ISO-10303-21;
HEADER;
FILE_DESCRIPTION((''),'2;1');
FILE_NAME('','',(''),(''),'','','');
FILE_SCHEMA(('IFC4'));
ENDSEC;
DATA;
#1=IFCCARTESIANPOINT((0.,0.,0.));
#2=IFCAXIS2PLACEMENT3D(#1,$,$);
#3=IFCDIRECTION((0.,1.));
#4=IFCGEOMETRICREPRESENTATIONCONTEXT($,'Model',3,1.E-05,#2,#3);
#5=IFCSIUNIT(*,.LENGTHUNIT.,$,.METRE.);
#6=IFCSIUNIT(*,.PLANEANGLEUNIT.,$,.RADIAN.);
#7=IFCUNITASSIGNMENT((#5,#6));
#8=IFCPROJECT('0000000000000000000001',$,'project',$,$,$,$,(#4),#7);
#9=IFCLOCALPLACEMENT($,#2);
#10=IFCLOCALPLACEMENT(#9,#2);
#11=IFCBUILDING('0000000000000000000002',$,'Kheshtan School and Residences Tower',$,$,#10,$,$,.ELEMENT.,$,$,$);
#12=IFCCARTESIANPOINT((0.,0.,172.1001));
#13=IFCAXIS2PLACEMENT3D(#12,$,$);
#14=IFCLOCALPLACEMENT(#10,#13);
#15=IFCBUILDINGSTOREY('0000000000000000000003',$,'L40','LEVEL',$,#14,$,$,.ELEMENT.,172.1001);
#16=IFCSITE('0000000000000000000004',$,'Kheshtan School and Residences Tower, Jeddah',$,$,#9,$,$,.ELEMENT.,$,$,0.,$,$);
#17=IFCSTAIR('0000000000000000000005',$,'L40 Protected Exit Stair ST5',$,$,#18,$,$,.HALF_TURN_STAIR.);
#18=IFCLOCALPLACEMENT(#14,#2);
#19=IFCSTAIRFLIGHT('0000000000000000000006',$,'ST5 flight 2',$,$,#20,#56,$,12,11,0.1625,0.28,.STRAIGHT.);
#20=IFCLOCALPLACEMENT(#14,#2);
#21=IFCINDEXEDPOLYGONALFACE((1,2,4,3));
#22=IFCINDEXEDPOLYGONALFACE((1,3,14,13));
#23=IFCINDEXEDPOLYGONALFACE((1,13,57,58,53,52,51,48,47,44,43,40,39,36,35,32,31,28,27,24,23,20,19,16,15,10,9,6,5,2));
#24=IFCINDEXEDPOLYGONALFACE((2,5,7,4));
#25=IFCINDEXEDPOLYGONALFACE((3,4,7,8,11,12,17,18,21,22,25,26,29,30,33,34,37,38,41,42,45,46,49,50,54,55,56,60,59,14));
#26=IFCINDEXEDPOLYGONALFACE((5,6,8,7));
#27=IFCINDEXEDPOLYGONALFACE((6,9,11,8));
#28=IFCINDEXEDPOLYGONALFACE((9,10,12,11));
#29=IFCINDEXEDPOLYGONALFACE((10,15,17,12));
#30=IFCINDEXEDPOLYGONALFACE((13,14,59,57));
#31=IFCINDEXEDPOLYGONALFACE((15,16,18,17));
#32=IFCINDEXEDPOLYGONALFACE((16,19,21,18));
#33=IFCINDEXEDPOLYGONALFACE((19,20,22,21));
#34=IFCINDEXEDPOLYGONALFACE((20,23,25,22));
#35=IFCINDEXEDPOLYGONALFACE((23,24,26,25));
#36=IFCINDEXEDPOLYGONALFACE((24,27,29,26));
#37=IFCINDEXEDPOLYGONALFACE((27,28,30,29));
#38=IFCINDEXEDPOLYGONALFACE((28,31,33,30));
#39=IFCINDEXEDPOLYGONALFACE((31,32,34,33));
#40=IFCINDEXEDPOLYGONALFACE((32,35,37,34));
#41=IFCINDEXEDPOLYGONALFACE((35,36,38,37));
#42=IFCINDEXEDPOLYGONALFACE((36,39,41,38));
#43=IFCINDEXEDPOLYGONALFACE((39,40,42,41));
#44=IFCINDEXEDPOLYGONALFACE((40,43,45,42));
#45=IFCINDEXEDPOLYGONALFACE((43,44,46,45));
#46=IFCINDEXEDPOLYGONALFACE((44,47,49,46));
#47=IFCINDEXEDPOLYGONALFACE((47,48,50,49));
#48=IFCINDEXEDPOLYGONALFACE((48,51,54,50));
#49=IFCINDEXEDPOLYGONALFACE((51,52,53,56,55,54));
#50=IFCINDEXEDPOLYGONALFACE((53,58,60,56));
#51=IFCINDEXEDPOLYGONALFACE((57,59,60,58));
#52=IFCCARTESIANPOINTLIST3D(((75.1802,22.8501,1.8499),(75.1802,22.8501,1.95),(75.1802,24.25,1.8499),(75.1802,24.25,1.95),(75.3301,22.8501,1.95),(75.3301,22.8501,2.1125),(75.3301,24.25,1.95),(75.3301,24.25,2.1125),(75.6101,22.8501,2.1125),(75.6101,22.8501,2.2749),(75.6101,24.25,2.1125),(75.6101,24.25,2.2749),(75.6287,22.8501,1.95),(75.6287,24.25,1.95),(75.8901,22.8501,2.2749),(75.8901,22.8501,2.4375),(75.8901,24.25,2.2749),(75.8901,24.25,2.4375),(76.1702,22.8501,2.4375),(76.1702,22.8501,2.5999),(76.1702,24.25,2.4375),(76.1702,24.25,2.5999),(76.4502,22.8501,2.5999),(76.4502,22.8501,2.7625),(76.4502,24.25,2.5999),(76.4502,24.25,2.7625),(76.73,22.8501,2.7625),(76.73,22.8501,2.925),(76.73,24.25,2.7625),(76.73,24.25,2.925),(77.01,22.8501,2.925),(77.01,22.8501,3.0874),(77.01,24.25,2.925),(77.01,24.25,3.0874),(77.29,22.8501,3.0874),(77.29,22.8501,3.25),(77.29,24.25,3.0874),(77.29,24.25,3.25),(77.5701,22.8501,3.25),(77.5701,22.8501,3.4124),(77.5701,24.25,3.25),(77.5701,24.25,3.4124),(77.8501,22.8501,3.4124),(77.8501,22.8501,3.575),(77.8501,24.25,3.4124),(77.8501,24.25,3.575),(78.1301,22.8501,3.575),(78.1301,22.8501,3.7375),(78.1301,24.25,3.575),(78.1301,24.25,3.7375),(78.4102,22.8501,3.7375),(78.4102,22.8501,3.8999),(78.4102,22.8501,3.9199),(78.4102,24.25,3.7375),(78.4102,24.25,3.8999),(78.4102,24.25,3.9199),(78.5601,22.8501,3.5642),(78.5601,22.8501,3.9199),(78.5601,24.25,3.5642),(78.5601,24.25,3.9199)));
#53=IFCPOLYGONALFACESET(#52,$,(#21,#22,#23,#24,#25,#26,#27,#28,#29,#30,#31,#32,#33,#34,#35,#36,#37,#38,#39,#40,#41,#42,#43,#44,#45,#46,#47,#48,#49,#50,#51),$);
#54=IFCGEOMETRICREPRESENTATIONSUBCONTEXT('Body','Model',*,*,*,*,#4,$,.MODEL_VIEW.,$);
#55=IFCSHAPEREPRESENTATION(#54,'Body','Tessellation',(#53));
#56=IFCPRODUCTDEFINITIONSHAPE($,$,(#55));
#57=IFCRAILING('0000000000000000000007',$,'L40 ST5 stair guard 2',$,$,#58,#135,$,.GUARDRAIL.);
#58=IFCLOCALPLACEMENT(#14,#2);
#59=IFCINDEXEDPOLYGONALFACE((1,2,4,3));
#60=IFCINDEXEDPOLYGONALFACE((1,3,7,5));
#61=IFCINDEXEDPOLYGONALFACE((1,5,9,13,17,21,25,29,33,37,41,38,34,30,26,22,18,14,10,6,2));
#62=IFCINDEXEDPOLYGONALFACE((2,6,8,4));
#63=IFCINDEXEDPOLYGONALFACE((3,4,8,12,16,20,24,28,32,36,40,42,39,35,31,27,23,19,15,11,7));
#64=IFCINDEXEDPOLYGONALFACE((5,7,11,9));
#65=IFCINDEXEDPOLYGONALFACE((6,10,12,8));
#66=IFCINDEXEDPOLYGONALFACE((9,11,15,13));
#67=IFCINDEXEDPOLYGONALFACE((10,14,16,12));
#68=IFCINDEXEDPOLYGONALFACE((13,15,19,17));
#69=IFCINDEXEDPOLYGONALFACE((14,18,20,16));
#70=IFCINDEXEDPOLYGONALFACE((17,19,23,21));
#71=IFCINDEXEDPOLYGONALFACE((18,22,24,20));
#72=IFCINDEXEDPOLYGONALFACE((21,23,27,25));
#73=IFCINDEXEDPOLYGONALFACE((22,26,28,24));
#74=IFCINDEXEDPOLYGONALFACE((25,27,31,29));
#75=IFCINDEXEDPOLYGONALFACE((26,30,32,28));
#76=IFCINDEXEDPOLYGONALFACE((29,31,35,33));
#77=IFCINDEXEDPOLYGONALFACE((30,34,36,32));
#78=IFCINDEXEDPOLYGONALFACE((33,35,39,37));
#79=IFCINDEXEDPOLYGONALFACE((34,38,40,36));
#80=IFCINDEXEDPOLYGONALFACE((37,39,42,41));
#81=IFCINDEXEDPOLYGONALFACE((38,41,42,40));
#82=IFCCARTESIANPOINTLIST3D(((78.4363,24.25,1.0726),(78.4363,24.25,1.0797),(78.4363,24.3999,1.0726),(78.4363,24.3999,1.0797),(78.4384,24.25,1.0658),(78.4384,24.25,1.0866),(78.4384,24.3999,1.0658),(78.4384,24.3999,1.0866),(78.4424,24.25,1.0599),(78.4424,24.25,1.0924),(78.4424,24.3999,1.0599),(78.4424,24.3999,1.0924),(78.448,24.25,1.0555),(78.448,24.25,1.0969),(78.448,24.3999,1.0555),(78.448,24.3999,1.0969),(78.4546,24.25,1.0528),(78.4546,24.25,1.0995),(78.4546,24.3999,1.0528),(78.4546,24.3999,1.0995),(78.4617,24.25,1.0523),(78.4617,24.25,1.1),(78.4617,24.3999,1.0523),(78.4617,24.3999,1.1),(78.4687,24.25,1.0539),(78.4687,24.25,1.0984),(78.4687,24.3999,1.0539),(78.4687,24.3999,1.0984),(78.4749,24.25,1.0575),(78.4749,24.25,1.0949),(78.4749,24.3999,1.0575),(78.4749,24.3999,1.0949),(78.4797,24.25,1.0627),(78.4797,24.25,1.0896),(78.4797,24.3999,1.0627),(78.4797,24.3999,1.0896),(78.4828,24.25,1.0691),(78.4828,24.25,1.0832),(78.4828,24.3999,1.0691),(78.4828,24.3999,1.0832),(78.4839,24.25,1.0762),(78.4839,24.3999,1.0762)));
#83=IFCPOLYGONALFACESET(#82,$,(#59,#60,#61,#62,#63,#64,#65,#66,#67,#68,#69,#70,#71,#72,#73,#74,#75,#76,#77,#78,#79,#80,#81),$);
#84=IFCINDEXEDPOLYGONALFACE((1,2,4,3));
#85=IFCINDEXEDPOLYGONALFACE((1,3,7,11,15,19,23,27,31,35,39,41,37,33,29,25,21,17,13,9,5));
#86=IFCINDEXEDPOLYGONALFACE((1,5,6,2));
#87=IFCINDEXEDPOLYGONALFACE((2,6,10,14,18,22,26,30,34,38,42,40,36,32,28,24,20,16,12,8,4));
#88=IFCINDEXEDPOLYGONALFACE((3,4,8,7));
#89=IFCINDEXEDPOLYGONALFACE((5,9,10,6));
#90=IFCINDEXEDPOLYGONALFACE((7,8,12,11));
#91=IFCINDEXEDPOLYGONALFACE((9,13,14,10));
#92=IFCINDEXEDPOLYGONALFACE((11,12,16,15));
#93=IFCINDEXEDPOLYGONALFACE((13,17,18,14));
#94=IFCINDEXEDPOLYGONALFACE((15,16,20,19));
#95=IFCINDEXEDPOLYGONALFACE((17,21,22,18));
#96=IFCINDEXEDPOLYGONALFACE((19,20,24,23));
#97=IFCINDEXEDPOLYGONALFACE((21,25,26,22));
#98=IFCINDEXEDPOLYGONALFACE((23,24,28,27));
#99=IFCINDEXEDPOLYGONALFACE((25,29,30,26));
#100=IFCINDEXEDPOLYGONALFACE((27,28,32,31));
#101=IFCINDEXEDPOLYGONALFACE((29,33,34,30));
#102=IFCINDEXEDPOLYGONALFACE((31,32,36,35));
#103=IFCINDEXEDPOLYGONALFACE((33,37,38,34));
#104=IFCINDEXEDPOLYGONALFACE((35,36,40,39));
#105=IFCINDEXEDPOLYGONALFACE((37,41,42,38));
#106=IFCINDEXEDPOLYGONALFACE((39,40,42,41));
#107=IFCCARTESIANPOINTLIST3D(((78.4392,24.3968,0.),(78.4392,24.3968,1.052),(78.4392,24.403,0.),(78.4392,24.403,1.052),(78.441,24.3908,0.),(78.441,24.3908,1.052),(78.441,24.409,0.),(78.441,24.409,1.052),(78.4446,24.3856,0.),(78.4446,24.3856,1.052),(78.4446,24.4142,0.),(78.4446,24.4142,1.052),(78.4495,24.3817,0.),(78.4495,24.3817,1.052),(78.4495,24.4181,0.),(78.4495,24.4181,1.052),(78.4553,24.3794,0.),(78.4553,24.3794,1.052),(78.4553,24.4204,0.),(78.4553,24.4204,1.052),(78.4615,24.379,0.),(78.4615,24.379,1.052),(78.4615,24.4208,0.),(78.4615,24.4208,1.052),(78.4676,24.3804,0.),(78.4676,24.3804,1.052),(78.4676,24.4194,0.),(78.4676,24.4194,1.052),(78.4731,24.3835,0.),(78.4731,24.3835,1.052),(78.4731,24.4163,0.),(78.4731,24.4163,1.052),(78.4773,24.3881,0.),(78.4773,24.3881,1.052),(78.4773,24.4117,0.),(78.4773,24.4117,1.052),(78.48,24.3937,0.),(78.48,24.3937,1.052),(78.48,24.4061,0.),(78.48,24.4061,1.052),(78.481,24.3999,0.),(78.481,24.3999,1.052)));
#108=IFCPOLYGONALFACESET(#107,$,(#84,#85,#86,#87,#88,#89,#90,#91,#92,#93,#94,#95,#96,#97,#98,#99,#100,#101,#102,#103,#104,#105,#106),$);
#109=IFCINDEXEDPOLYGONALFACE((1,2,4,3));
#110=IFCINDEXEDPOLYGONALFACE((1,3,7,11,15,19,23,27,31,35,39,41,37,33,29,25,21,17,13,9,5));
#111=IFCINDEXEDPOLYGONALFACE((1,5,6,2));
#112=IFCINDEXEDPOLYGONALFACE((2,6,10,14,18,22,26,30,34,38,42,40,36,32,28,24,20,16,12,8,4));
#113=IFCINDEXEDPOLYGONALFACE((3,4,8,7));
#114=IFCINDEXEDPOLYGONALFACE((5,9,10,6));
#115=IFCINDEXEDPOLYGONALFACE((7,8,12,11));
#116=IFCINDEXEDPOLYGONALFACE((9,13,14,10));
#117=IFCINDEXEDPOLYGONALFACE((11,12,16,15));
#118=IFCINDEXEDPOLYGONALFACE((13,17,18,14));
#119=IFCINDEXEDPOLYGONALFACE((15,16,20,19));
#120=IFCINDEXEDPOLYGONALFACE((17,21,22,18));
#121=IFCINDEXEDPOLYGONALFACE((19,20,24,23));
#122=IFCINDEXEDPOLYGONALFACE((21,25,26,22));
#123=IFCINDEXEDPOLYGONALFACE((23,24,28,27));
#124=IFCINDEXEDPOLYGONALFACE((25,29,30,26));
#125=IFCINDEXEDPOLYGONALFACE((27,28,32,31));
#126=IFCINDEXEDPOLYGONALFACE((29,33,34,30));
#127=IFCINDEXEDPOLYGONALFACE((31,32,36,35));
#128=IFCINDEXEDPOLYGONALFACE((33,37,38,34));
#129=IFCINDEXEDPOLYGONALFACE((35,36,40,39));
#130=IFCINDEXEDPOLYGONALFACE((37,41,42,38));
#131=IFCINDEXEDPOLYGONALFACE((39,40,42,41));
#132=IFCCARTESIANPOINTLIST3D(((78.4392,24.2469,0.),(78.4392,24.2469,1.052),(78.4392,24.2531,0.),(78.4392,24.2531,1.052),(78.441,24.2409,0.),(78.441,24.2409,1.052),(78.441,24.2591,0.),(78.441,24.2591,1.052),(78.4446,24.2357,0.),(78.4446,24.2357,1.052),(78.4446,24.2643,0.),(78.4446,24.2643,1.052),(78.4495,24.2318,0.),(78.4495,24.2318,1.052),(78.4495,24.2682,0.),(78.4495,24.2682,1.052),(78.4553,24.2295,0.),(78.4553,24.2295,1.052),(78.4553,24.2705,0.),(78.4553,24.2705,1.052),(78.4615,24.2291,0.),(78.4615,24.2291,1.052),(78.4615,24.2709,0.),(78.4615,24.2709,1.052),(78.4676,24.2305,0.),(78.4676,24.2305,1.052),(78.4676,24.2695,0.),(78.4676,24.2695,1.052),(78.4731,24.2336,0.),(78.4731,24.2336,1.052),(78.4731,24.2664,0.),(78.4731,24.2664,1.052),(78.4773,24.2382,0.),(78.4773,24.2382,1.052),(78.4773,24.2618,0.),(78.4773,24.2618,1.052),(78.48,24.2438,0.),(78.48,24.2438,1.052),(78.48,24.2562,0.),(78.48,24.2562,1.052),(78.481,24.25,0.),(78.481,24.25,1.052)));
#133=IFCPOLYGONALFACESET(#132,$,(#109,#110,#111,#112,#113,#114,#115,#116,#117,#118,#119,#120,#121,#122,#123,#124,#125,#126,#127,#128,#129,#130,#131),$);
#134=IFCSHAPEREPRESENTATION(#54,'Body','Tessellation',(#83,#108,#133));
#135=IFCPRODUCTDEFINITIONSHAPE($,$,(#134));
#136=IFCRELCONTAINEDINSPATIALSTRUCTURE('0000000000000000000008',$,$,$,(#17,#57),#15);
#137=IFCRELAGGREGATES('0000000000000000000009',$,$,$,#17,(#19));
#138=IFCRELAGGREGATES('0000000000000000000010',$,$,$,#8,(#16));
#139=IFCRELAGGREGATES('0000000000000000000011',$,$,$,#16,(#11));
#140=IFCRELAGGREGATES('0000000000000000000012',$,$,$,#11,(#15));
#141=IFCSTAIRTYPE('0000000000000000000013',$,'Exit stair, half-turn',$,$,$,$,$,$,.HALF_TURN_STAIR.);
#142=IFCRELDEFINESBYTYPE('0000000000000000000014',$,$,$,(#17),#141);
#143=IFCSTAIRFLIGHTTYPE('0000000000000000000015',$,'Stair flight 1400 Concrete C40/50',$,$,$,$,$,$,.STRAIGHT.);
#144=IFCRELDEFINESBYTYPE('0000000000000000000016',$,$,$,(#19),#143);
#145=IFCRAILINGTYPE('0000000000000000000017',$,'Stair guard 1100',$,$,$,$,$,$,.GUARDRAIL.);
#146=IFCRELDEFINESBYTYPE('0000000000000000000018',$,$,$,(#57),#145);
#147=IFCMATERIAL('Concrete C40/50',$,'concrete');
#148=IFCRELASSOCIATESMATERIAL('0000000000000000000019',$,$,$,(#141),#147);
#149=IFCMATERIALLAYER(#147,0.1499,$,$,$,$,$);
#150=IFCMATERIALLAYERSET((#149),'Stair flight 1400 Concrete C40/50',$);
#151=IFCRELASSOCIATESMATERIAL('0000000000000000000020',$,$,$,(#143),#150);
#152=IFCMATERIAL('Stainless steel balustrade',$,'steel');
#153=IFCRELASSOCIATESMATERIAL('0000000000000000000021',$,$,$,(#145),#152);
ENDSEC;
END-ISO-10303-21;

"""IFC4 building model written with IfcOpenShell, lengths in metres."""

from ifc_helpers import new_model, si_unit, direction, frame, origin, origin_2d, place, context, subcontext, project, spatial, polyline, circle, outline, extrude, material, layer, layer_set, type_object, element, aggregate, save


model = new_model("IFC4")

# Units and contexts
model_context = context("Model", 3, precision=1e-05, world=origin(), true_north=direction((0.0, 1.0)))
body_context = subcontext(model_context, "Body", "Model", "MODEL_VIEW")
ifc_project = project(units=[si_unit("LENGTHUNIT", "METRE"), si_unit("PLANEANGLEUNIT", "RADIAN")], contexts=[model_context])

# Site, building, storey
site_placement = place(None, origin())
site = spatial("IfcSite", under=ifc_project, at=site_placement, Name="Kheshtan School and Residences Tower, Jeddah", CompositionType="ELEMENT", RefElevation=0.0)
building_placement = place(site_placement, origin())
building = spatial("IfcBuilding", under=site, at=building_placement, Name="Kheshtan School and Residences Tower", CompositionType="ELEMENT")
storey_placement = place(building_placement, frame((0.0, 0.0, 172.1001)))
storey = spatial("IfcBuildingStorey", under=building, at=storey_placement, Name="L40", Description="LEVEL", CompositionType="ELEMENT", Elevation=172.1001)

# Shared definitions
ifc_material_1 = material(Name="Concrete C40/50", Category="concrete")

# Stair, stair flight
stair_type = type_object("IfcStairType", Name="Exit stair, half-turn", PredefinedType="HALF_TURN_STAIR", material=ifc_material_1)
stair_placement = place(storey_placement, origin())
stair = element("IfcStair", 1, at=stair_placement, inside=storey, type_object=stair_type, Name="L40 Protected Exit Stair ST5", PredefinedType="HALF_TURN_STAIR")
ifc_layer_1 = layer(ifc_material_1, 0.1499)
ifc_layer_set_1 = layer_set([ifc_layer_1], Name="Stair flight 1400 Concrete C40/50")
stair_flight_type = type_object("IfcStairFlightType", Name="Stair flight 1400 Concrete C40/50", PredefinedType="STRAIGHT", material=ifc_layer_set_1)
stair_flight_1_placement = place(storey_placement, frame((75.3301, 23.55, 1.95), z_axis=(0.0, 0.0, 1.0), x_axis=(1.0, 0.0, 0.0)))
stair_flight_1 = element("IfcStairFlight", 2, at=stair_flight_1_placement, type_object=stair_flight_type, Name="ST5 flight 2", NumberOfRisers=12, NumberOfTreads=11, PredefinedType="STRAIGHT", RiserHeight=0.1625, TreadLength=0.28, context=body_context, shape_type="SweptSolid", body=[
    extrude(outline(polyline([(-0.1499, -0.1001), (-0.1499, 0.0), (0.0, 0.0), (0.0, 0.1626), (0.28, 0.1626), (0.28, 0.325), (0.5601, 0.325), (0.5601, 0.4875), (0.8401, 0.4875), (0.8401, 0.6499), (1.1201, 0.6499), (1.1201, 0.8125), (1.3999, 0.8125), (1.3999, 0.9751), (1.6799, 0.9751), (1.6799, 1.1375), (1.96, 1.1375), (1.96, 1.3), (2.24, 1.3), (2.24, 1.4624), (2.52, 1.4624), (2.52, 1.625), (2.8, 1.625), (2.8, 1.7876), (3.0801, 1.7876), (3.0801, 1.95), (3.0801, 1.97), (3.23, 1.97), (3.23, 1.6143), (0.2986, 0.0), (-0.1499, -0.1001)])), frame((0.0, 0.7, 0.0), z_axis=(0.0, -1.0, 0.0), x_axis=(1.0, 0.0, 0.0)), (0.0, 0.0, 1.0), 1.3999),
])
aggregate(stair, [stair_flight_1])

# Railing
ifc_material_2 = material(Name="Stainless steel balustrade", Category="steel")
railing_type_1 = type_object("IfcRailingType", Name="Stair guard 1100", PredefinedType="GUARDRAIL", material=ifc_material_2)
railing_1_placement = place(storey_placement, frame((78.46, 24.3999, 0.0)))
element("IfcRailing", 3, at=railing_1_placement, inside=storey, type_object=railing_type_1, Name="L40 ST5 stair guard 2", PredefinedType="GUARDRAIL", context=body_context, shape_type="SweptSolid", body=[
    extrude(circle(Radius=0.0239, at=origin_2d()), frame((0.0, 0.0, 1.0762), z_axis=(0.0, -1.0, 0.0), x_axis=(1.0, 0.0, 0.0)), (0.0, 0.0, 1.0), 0.1499),
    extrude(circle(Radius=0.021, at=origin_2d()), origin(), (0.0, 0.0, 1.0), 1.052),
    extrude(circle(Radius=0.021, at=origin_2d()), frame((0.0, -0.1499, 0.0)), (0.0, 0.0, 1.0), 1.052),
])

save(model, "model.ifc")
